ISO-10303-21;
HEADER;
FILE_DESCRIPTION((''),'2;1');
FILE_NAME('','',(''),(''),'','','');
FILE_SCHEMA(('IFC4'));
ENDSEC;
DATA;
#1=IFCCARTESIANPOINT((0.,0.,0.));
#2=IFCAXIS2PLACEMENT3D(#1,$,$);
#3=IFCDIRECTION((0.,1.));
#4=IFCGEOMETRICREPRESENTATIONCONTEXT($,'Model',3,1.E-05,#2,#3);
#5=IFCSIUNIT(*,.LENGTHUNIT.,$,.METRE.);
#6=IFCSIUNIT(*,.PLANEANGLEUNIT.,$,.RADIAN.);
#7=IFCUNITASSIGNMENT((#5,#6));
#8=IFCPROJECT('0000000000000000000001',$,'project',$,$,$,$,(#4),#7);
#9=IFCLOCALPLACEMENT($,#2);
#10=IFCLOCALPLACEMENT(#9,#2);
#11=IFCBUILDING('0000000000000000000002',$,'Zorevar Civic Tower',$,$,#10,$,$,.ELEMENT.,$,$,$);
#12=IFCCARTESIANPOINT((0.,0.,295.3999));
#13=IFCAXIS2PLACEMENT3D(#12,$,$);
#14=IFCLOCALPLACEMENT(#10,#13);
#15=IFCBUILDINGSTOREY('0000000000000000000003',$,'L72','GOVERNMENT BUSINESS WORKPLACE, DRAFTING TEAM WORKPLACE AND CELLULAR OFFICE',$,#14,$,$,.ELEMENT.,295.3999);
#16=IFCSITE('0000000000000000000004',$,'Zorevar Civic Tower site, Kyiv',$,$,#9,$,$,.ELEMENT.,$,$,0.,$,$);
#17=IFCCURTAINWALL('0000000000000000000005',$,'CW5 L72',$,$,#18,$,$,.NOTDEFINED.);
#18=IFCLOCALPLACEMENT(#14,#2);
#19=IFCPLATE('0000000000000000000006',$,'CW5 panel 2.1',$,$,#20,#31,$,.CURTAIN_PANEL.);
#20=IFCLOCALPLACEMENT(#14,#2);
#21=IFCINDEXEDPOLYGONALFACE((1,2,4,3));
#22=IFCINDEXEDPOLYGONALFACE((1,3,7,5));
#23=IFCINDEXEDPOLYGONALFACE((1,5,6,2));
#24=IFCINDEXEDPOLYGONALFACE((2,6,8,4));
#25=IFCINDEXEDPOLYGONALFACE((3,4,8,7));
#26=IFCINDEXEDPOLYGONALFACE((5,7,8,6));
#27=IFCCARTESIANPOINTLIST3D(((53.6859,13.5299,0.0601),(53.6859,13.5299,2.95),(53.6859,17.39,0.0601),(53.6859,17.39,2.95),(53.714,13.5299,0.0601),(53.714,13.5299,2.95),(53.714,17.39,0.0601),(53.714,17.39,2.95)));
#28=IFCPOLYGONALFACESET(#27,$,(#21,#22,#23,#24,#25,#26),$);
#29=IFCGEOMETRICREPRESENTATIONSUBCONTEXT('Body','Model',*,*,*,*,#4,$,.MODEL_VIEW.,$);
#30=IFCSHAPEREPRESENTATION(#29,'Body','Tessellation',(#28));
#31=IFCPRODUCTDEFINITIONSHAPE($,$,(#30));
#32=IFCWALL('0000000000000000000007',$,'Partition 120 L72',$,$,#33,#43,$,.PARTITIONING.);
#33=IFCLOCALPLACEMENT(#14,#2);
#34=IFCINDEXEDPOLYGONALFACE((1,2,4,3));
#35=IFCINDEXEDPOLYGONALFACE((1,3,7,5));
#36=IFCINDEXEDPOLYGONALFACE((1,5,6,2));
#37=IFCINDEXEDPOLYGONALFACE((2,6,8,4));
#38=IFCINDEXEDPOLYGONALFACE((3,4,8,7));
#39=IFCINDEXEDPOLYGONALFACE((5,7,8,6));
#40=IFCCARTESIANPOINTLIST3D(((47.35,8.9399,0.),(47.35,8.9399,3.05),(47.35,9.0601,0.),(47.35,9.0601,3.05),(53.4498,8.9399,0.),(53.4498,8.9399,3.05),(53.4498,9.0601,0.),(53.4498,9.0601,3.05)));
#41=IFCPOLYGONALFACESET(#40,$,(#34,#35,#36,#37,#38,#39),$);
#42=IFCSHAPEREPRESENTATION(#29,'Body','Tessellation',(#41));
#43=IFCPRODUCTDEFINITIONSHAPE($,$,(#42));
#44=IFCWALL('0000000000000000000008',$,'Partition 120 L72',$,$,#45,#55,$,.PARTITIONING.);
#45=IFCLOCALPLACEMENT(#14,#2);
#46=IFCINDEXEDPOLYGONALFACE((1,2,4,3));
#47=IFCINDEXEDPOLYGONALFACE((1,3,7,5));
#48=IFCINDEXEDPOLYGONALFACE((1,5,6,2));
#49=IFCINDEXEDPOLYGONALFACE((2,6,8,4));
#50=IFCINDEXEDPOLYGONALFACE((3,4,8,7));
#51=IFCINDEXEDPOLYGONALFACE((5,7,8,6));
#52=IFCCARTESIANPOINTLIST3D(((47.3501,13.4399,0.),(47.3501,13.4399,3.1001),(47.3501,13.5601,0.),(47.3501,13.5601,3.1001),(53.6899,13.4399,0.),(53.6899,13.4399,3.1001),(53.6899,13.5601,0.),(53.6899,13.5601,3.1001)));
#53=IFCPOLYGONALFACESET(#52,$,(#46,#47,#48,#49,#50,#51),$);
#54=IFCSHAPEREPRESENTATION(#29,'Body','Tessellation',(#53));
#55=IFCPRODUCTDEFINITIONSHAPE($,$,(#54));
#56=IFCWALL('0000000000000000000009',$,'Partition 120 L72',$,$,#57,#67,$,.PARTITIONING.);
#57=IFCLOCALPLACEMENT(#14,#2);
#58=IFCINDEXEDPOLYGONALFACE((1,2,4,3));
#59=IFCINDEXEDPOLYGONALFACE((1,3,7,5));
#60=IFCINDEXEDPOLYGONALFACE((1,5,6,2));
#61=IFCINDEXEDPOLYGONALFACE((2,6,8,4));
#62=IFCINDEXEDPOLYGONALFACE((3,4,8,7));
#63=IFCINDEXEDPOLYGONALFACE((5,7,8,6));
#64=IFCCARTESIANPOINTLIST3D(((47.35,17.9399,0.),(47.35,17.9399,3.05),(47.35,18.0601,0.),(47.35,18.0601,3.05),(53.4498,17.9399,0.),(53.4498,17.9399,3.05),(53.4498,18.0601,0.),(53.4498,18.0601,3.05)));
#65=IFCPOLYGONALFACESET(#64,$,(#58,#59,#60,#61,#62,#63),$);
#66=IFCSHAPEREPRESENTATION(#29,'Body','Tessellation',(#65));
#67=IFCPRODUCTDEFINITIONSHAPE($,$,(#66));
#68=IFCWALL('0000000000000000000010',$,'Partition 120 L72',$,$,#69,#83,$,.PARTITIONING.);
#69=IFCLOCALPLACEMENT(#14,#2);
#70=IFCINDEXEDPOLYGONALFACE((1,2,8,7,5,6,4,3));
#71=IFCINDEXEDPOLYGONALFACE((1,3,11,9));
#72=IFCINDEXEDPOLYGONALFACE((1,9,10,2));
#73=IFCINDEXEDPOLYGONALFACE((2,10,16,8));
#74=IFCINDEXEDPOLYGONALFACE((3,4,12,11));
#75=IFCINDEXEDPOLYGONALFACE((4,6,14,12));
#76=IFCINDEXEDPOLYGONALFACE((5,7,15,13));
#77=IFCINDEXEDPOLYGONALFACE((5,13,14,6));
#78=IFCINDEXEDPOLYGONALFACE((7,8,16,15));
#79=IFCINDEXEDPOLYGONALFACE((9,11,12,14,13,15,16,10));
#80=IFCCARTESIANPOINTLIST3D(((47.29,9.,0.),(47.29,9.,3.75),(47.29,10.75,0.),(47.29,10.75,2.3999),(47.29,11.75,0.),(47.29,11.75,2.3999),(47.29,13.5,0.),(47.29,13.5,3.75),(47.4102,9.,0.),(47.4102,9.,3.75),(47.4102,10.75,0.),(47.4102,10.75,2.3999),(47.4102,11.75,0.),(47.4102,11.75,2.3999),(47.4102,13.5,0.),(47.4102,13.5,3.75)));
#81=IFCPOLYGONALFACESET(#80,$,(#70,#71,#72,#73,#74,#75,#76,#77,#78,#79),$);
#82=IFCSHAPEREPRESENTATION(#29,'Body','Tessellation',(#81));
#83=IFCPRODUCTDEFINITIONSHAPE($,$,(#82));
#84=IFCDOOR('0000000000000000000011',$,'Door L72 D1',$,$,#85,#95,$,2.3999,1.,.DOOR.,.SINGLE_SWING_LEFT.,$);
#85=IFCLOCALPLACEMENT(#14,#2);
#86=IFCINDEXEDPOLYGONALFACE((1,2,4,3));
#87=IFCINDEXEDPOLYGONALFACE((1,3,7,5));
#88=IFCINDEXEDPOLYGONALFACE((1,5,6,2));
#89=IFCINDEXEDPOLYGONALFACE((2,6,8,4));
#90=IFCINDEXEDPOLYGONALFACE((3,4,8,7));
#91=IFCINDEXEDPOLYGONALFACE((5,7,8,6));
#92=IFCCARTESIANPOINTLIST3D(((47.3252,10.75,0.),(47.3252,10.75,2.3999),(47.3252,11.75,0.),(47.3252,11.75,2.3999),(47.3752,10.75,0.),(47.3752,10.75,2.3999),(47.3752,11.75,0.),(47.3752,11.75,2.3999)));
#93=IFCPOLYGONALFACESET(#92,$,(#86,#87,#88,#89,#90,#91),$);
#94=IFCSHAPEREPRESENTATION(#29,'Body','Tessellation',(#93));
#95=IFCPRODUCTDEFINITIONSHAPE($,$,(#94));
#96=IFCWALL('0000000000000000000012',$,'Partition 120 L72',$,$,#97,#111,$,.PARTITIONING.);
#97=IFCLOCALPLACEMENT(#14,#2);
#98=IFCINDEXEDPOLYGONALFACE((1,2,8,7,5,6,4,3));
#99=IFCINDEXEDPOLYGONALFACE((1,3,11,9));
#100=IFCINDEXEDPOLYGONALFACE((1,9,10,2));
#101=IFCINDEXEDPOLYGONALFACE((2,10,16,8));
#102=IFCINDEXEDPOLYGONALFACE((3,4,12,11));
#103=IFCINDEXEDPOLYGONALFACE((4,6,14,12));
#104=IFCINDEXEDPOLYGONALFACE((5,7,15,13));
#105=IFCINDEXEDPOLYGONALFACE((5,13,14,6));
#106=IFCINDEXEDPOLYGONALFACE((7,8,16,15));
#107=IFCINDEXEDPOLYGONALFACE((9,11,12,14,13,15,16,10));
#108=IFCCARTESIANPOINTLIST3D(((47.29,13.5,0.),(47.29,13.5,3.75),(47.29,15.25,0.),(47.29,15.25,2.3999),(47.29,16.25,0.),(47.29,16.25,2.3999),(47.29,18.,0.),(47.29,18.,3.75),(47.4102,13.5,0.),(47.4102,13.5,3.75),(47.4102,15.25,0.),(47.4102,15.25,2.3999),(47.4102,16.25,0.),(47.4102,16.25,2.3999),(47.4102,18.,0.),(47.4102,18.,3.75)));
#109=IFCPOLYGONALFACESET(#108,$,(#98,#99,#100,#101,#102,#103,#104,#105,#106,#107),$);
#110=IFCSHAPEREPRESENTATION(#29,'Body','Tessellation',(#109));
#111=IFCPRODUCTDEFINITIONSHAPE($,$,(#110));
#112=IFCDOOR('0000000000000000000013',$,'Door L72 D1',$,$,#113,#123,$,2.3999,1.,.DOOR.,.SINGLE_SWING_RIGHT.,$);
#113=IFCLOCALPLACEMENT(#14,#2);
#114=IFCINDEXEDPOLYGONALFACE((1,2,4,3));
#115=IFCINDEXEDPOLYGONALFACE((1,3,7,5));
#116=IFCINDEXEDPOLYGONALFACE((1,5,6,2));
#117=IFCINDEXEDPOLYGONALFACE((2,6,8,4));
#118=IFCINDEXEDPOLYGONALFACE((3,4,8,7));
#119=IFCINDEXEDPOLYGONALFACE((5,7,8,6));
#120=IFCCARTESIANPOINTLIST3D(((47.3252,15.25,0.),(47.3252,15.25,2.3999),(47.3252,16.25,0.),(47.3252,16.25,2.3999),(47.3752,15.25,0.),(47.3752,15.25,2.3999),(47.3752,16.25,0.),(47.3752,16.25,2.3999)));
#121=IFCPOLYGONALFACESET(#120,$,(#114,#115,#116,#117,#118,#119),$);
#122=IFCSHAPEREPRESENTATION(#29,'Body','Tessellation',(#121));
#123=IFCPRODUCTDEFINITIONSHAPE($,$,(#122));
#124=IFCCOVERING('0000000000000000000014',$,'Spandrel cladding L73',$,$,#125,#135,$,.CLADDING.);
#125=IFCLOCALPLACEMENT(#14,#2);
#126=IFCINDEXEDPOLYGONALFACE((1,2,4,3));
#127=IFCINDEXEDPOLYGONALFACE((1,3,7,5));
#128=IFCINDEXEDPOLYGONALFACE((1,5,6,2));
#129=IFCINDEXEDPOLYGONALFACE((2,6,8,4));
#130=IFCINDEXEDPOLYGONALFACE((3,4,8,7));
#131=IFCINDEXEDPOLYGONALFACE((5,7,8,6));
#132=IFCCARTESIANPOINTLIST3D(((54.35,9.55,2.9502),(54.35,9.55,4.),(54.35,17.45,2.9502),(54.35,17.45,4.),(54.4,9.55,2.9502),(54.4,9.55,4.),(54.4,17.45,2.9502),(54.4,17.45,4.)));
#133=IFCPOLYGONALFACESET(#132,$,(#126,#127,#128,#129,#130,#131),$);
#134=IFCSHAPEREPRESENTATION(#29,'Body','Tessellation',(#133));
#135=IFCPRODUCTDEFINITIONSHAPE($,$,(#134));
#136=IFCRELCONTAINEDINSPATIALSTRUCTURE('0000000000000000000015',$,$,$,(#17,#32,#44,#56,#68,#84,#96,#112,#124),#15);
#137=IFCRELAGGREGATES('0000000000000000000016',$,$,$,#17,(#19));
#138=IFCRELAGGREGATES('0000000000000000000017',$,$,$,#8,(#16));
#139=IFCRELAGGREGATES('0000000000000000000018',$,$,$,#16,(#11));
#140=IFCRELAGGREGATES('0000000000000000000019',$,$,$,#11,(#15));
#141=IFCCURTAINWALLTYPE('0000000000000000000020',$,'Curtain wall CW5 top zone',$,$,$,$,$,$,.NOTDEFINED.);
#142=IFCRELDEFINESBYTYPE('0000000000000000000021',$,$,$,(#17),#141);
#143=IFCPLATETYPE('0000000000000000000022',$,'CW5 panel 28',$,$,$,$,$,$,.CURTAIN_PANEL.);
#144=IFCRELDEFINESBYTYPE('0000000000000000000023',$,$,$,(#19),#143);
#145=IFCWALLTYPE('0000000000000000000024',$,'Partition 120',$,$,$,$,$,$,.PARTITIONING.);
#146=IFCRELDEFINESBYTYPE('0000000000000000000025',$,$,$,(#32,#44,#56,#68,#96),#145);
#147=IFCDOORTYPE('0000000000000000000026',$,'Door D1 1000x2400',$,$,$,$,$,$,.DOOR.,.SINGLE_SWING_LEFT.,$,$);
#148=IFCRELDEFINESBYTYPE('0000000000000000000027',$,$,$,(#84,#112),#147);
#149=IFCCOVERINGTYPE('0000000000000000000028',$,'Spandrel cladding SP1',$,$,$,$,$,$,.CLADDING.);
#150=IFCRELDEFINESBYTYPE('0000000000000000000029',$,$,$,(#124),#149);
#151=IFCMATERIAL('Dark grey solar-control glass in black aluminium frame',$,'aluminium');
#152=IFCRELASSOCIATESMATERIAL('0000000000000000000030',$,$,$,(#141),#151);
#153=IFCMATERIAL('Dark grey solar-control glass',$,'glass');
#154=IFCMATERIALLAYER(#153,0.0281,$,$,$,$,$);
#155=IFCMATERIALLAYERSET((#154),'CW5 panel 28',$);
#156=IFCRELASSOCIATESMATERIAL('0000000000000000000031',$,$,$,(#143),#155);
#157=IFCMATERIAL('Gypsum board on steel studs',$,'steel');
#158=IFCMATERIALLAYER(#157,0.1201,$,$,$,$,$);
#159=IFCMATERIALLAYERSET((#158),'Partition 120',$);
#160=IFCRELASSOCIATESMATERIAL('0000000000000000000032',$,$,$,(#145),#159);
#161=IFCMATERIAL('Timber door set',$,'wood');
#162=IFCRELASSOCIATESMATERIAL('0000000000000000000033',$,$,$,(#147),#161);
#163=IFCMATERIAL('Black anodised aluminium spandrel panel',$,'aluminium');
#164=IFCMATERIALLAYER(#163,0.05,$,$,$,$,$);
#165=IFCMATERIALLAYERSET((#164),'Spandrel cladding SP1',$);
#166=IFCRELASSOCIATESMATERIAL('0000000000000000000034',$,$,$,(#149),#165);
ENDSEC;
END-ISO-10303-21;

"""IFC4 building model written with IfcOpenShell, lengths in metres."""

from ifc_helpers import new_model, si_unit, direction, frame, frame_2d, origin, origin_2d, place, context, subcontext, project, spatial, rectangle, extrude, material, layer, layer_set, type_object, element, fill, aggregate, save


model = new_model("IFC4")

# Units and contexts
model_context = context("Model", 3, precision=1e-05, world=origin(), true_north=direction((0.0, 1.0)))
body_context = subcontext(model_context, "Body", "Model", "MODEL_VIEW")
ifc_project = project(units=[si_unit("LENGTHUNIT", "METRE"), si_unit("PLANEANGLEUNIT", "RADIAN")], contexts=[model_context])

# Site, building, storey
site_placement = place(None, origin())
site = spatial("IfcSite", under=ifc_project, at=site_placement, Name="Zorevar Civic Tower site, Kyiv", CompositionType="ELEMENT", RefElevation=0.0)
building_placement = place(site_placement, origin())
building = spatial("IfcBuilding", under=site, at=building_placement, Name="Zorevar Civic Tower", CompositionType="ELEMENT")
storey_placement = place(building_placement, frame((0.0, 0.0, 295.3999)))
storey = spatial("IfcBuildingStorey", under=building, at=storey_placement, Name="L72", Description="GOVERNMENT BUSINESS WORKPLACE, DRAFTING TEAM WORKPLACE AND CELLULAR OFFICE", CompositionType="ELEMENT", Elevation=295.3999)

# Curtain wall
ifc_material_1 = material(Name="Dark grey solar-control glass in black aluminium frame", Category="aluminium")
curtain_wall_type = type_object("IfcCurtainWallType", Name="Curtain wall CW5 top zone", PredefinedType="NOTDEFINED", material=ifc_material_1)
curtain_wall_placement = place(storey_placement, origin())
curtain_wall = element("IfcCurtainWall", 1, at=curtain_wall_placement, inside=storey, type_object=curtain_wall_type, Name="CW5 L72", PredefinedType="NOTDEFINED")

# Plate
ifc_material_2 = material(Name="Dark grey solar-control glass", Category="glass")
ifc_layer_1 = layer(ifc_material_2, 0.0281)
ifc_layer_set_1 = layer_set([ifc_layer_1], Name="CW5 panel 28")
plate_type = type_object("IfcPlateType", Name="CW5 panel 28", PredefinedType="CURTAIN_PANEL", material=ifc_layer_set_1)
plate_1_placement = place(storey_placement, frame((53.7, 15.46, 0.0601), z_axis=(0.0, 0.0, 1.0), x_axis=(0.0, 1.0, 0.0)))
plate_1 = element("IfcPlate", 2, at=plate_1_placement, type_object=plate_type, Name="CW5 panel 2.1", PredefinedType="CURTAIN_PANEL", context=body_context, shape_type="SweptSolid", body=[
    extrude(rectangle(XDim=3.8601, YDim=0.0281, at=origin_2d()), origin(), (0.0, 0.0, 1.0), 2.8899),
])
aggregate(curtain_wall, [plate_1])

# Walls
ifc_material_3 = material(Name="Gypsum board on steel studs", Category="steel")
ifc_layer_2 = layer(ifc_material_3, 0.1201)
ifc_layer_set_2 = layer_set([ifc_layer_2], Name="Partition 120")
wall_type_1 = type_object("IfcWallType", Name="Partition 120", PredefinedType="PARTITIONING", material=ifc_layer_set_2)
wall_1_placement = place(storey_placement, frame((47.3501, 9.0, 0.0), z_axis=(0.0, 0.0, 1.0), x_axis=(1.0, 0.0, 0.0)))
element("IfcWall", 3, at=wall_1_placement, inside=storey, type_object=wall_type_1, Name="Partition 120 L72", PredefinedType="PARTITIONING", context=body_context, shape_type="SweptSolid", body=[
    extrude(rectangle(XDim=6.0999, YDim=0.1201, at=frame_2d((3.0498, 0.0))), origin(), (0.0, 0.0, 1.0), 3.05),
])
wall_2_placement = place(storey_placement, frame((47.3501, 13.5, 0.0), z_axis=(0.0, 0.0, 1.0), x_axis=(1.0, 0.0, 0.0)))
element("IfcWall", 4, at=wall_2_placement, inside=storey, type_object=wall_type_1, Name="Partition 120 L72", PredefinedType="PARTITIONING", context=body_context, shape_type="SweptSolid", body=[
    extrude(rectangle(XDim=6.3398, YDim=0.1201, at=frame_2d((3.1699, 0.0))), origin(), (0.0, 0.0, 1.0), 3.1001),
])
wall_3_placement = place(storey_placement, frame((47.3501, 18.0, 0.0), z_axis=(0.0, 0.0, 1.0), x_axis=(1.0, 0.0, 0.0)))
element("IfcWall", 5, at=wall_3_placement, inside=storey, type_object=wall_type_1, Name="Partition 120 L72", PredefinedType="PARTITIONING", context=body_context, shape_type="SweptSolid", body=[
    extrude(rectangle(XDim=6.0999, YDim=0.1201, at=frame_2d((3.0498, 0.0))), origin(), (0.0, 0.0, 1.0), 3.05),
])

# Walls, openings, doors
wall_4_placement = place(storey_placement, frame((47.3501, 9.0, 0.0), z_axis=(0.0, 0.0, 1.0), x_axis=(0.0, 1.0, 0.0)))
wall_4 = element("IfcWall", 6, at=wall_4_placement, inside=storey, type_object=wall_type_1, Name="Partition 120 L72", PredefinedType="PARTITIONING", context=body_context, shape_type="SweptSolid", body=[
    extrude(rectangle(XDim=4.5, YDim=0.1201, at=frame_2d((2.25, 0.0))), origin(), (0.0, 0.0, 1.0), 3.75),
])
opening_1_placement = place(wall_4_placement, frame((1.75, 0.0, 0.0)))
opening_1 = element("IfcOpeningElement", 7, at=opening_1_placement, cuts=wall_4, PredefinedType="OPENING", context=body_context, shape_type="SweptSolid", body=[
    extrude(rectangle(XDim=1.0, YDim=2.3999, at=frame_2d((0.5, 1.2))), frame((0.0, 0.0701, 0.0), z_axis=(0.0, -1.0, 0.0), x_axis=(1.0, 0.0, 0.0)), (0.0, 0.0, 1.0), 0.1401),
])
ifc_material_4 = material(Name="Timber door set", Category="wood")
door_type_1 = type_object("IfcDoorType", Name="Door D1 1000x2400", OperationType="SINGLE_SWING_LEFT", PredefinedType="DOOR", material=ifc_material_4)
door_1_placement = place(opening_1_placement, origin())
door_1 = element("IfcDoor", 8, at=door_1_placement, inside=storey, type_object=door_type_1, Name="Door L72 D1", OperationType="SINGLE_SWING_LEFT", OverallHeight=2.3999, OverallWidth=1.0, PredefinedType="DOOR", context=body_context, shape_type="SweptSolid", body=[
    extrude(rectangle(XDim=1.0, YDim=2.3999, at=frame_2d((0.5, 1.2))), frame((0.0, 0.0249, 0.0), z_axis=(0.0, -1.0, 0.0), x_axis=(1.0, 0.0, 0.0)), (0.0, 0.0, 1.0), 0.05),
])
fill(opening_1, door_1)
wall_5_placement = place(storey_placement, frame((47.3501, 13.5, 0.0), z_axis=(0.0, 0.0, 1.0), x_axis=(0.0, 1.0, 0.0)))
wall_5 = element("IfcWall", 9, at=wall_5_placement, inside=storey, type_object=wall_type_1, Name="Partition 120 L72", PredefinedType="PARTITIONING", context=body_context, shape_type="SweptSolid", body=[
    extrude(rectangle(XDim=4.5, YDim=0.1201, at=frame_2d((2.25, 0.0))), origin(), (0.0, 0.0, 1.0), 3.75),
])
opening_2_placement = place(wall_5_placement, frame((1.75, 0.0, 0.0)))
opening_2 = element("IfcOpeningElement", 10, at=opening_2_placement, cuts=wall_5, PredefinedType="OPENING", context=body_context, shape_type="SweptSolid", body=[
    extrude(rectangle(XDim=1.0, YDim=2.3999, at=frame_2d((0.5, 1.2))), frame((0.0, 0.0701, 0.0), z_axis=(0.0, -1.0, 0.0), x_axis=(1.0, 0.0, 0.0)), (0.0, 0.0, 1.0), 0.1401),
])
door_2_placement = place(opening_2_placement, origin())
door_2 = element("IfcDoor", 11, at=door_2_placement, inside=storey, type_object=door_type_1, Name="Door L72 D1", OperationType="SINGLE_SWING_RIGHT", OverallHeight=2.3999, OverallWidth=1.0, PredefinedType="DOOR", context=body_context, shape_type="SweptSolid", body=[
    extrude(rectangle(XDim=1.0, YDim=2.3999, at=frame_2d((0.5, 1.2))), frame((0.0, 0.0249, 0.0), z_axis=(0.0, -1.0, 0.0), x_axis=(1.0, 0.0, 0.0)), (0.0, 0.0, 1.0), 0.05),
])
fill(opening_2, door_2)

# Covering
ifc_material_5 = material(Name="Black anodised aluminium spandrel panel", Category="aluminium")
ifc_layer_3 = layer(ifc_material_5, 0.05)
ifc_layer_set_3 = layer_set([ifc_layer_3], Name="Spandrel cladding SP1")
covering_type = type_object("IfcCoveringType", Name="Spandrel cladding SP1", PredefinedType="CLADDING", material=ifc_layer_set_3)
covering_placement = place(storey_placement, frame((54.375, 9.55, 2.9502), z_axis=(0.0, 0.0, 1.0), x_axis=(0.0, 1.0, 0.0)))
element("IfcCovering", 12, at=covering_placement, inside=storey, type_object=covering_type, Name="Spandrel cladding L73", PredefinedType="CLADDING", context=body_context, shape_type="SweptSolid", body=[
    extrude(rectangle(XDim=7.8999, YDim=0.05, at=frame_2d((3.95, 0.0))), origin(), (0.0, 0.0, 1.0), 1.0498),
])

save(model, "model.ifc")
